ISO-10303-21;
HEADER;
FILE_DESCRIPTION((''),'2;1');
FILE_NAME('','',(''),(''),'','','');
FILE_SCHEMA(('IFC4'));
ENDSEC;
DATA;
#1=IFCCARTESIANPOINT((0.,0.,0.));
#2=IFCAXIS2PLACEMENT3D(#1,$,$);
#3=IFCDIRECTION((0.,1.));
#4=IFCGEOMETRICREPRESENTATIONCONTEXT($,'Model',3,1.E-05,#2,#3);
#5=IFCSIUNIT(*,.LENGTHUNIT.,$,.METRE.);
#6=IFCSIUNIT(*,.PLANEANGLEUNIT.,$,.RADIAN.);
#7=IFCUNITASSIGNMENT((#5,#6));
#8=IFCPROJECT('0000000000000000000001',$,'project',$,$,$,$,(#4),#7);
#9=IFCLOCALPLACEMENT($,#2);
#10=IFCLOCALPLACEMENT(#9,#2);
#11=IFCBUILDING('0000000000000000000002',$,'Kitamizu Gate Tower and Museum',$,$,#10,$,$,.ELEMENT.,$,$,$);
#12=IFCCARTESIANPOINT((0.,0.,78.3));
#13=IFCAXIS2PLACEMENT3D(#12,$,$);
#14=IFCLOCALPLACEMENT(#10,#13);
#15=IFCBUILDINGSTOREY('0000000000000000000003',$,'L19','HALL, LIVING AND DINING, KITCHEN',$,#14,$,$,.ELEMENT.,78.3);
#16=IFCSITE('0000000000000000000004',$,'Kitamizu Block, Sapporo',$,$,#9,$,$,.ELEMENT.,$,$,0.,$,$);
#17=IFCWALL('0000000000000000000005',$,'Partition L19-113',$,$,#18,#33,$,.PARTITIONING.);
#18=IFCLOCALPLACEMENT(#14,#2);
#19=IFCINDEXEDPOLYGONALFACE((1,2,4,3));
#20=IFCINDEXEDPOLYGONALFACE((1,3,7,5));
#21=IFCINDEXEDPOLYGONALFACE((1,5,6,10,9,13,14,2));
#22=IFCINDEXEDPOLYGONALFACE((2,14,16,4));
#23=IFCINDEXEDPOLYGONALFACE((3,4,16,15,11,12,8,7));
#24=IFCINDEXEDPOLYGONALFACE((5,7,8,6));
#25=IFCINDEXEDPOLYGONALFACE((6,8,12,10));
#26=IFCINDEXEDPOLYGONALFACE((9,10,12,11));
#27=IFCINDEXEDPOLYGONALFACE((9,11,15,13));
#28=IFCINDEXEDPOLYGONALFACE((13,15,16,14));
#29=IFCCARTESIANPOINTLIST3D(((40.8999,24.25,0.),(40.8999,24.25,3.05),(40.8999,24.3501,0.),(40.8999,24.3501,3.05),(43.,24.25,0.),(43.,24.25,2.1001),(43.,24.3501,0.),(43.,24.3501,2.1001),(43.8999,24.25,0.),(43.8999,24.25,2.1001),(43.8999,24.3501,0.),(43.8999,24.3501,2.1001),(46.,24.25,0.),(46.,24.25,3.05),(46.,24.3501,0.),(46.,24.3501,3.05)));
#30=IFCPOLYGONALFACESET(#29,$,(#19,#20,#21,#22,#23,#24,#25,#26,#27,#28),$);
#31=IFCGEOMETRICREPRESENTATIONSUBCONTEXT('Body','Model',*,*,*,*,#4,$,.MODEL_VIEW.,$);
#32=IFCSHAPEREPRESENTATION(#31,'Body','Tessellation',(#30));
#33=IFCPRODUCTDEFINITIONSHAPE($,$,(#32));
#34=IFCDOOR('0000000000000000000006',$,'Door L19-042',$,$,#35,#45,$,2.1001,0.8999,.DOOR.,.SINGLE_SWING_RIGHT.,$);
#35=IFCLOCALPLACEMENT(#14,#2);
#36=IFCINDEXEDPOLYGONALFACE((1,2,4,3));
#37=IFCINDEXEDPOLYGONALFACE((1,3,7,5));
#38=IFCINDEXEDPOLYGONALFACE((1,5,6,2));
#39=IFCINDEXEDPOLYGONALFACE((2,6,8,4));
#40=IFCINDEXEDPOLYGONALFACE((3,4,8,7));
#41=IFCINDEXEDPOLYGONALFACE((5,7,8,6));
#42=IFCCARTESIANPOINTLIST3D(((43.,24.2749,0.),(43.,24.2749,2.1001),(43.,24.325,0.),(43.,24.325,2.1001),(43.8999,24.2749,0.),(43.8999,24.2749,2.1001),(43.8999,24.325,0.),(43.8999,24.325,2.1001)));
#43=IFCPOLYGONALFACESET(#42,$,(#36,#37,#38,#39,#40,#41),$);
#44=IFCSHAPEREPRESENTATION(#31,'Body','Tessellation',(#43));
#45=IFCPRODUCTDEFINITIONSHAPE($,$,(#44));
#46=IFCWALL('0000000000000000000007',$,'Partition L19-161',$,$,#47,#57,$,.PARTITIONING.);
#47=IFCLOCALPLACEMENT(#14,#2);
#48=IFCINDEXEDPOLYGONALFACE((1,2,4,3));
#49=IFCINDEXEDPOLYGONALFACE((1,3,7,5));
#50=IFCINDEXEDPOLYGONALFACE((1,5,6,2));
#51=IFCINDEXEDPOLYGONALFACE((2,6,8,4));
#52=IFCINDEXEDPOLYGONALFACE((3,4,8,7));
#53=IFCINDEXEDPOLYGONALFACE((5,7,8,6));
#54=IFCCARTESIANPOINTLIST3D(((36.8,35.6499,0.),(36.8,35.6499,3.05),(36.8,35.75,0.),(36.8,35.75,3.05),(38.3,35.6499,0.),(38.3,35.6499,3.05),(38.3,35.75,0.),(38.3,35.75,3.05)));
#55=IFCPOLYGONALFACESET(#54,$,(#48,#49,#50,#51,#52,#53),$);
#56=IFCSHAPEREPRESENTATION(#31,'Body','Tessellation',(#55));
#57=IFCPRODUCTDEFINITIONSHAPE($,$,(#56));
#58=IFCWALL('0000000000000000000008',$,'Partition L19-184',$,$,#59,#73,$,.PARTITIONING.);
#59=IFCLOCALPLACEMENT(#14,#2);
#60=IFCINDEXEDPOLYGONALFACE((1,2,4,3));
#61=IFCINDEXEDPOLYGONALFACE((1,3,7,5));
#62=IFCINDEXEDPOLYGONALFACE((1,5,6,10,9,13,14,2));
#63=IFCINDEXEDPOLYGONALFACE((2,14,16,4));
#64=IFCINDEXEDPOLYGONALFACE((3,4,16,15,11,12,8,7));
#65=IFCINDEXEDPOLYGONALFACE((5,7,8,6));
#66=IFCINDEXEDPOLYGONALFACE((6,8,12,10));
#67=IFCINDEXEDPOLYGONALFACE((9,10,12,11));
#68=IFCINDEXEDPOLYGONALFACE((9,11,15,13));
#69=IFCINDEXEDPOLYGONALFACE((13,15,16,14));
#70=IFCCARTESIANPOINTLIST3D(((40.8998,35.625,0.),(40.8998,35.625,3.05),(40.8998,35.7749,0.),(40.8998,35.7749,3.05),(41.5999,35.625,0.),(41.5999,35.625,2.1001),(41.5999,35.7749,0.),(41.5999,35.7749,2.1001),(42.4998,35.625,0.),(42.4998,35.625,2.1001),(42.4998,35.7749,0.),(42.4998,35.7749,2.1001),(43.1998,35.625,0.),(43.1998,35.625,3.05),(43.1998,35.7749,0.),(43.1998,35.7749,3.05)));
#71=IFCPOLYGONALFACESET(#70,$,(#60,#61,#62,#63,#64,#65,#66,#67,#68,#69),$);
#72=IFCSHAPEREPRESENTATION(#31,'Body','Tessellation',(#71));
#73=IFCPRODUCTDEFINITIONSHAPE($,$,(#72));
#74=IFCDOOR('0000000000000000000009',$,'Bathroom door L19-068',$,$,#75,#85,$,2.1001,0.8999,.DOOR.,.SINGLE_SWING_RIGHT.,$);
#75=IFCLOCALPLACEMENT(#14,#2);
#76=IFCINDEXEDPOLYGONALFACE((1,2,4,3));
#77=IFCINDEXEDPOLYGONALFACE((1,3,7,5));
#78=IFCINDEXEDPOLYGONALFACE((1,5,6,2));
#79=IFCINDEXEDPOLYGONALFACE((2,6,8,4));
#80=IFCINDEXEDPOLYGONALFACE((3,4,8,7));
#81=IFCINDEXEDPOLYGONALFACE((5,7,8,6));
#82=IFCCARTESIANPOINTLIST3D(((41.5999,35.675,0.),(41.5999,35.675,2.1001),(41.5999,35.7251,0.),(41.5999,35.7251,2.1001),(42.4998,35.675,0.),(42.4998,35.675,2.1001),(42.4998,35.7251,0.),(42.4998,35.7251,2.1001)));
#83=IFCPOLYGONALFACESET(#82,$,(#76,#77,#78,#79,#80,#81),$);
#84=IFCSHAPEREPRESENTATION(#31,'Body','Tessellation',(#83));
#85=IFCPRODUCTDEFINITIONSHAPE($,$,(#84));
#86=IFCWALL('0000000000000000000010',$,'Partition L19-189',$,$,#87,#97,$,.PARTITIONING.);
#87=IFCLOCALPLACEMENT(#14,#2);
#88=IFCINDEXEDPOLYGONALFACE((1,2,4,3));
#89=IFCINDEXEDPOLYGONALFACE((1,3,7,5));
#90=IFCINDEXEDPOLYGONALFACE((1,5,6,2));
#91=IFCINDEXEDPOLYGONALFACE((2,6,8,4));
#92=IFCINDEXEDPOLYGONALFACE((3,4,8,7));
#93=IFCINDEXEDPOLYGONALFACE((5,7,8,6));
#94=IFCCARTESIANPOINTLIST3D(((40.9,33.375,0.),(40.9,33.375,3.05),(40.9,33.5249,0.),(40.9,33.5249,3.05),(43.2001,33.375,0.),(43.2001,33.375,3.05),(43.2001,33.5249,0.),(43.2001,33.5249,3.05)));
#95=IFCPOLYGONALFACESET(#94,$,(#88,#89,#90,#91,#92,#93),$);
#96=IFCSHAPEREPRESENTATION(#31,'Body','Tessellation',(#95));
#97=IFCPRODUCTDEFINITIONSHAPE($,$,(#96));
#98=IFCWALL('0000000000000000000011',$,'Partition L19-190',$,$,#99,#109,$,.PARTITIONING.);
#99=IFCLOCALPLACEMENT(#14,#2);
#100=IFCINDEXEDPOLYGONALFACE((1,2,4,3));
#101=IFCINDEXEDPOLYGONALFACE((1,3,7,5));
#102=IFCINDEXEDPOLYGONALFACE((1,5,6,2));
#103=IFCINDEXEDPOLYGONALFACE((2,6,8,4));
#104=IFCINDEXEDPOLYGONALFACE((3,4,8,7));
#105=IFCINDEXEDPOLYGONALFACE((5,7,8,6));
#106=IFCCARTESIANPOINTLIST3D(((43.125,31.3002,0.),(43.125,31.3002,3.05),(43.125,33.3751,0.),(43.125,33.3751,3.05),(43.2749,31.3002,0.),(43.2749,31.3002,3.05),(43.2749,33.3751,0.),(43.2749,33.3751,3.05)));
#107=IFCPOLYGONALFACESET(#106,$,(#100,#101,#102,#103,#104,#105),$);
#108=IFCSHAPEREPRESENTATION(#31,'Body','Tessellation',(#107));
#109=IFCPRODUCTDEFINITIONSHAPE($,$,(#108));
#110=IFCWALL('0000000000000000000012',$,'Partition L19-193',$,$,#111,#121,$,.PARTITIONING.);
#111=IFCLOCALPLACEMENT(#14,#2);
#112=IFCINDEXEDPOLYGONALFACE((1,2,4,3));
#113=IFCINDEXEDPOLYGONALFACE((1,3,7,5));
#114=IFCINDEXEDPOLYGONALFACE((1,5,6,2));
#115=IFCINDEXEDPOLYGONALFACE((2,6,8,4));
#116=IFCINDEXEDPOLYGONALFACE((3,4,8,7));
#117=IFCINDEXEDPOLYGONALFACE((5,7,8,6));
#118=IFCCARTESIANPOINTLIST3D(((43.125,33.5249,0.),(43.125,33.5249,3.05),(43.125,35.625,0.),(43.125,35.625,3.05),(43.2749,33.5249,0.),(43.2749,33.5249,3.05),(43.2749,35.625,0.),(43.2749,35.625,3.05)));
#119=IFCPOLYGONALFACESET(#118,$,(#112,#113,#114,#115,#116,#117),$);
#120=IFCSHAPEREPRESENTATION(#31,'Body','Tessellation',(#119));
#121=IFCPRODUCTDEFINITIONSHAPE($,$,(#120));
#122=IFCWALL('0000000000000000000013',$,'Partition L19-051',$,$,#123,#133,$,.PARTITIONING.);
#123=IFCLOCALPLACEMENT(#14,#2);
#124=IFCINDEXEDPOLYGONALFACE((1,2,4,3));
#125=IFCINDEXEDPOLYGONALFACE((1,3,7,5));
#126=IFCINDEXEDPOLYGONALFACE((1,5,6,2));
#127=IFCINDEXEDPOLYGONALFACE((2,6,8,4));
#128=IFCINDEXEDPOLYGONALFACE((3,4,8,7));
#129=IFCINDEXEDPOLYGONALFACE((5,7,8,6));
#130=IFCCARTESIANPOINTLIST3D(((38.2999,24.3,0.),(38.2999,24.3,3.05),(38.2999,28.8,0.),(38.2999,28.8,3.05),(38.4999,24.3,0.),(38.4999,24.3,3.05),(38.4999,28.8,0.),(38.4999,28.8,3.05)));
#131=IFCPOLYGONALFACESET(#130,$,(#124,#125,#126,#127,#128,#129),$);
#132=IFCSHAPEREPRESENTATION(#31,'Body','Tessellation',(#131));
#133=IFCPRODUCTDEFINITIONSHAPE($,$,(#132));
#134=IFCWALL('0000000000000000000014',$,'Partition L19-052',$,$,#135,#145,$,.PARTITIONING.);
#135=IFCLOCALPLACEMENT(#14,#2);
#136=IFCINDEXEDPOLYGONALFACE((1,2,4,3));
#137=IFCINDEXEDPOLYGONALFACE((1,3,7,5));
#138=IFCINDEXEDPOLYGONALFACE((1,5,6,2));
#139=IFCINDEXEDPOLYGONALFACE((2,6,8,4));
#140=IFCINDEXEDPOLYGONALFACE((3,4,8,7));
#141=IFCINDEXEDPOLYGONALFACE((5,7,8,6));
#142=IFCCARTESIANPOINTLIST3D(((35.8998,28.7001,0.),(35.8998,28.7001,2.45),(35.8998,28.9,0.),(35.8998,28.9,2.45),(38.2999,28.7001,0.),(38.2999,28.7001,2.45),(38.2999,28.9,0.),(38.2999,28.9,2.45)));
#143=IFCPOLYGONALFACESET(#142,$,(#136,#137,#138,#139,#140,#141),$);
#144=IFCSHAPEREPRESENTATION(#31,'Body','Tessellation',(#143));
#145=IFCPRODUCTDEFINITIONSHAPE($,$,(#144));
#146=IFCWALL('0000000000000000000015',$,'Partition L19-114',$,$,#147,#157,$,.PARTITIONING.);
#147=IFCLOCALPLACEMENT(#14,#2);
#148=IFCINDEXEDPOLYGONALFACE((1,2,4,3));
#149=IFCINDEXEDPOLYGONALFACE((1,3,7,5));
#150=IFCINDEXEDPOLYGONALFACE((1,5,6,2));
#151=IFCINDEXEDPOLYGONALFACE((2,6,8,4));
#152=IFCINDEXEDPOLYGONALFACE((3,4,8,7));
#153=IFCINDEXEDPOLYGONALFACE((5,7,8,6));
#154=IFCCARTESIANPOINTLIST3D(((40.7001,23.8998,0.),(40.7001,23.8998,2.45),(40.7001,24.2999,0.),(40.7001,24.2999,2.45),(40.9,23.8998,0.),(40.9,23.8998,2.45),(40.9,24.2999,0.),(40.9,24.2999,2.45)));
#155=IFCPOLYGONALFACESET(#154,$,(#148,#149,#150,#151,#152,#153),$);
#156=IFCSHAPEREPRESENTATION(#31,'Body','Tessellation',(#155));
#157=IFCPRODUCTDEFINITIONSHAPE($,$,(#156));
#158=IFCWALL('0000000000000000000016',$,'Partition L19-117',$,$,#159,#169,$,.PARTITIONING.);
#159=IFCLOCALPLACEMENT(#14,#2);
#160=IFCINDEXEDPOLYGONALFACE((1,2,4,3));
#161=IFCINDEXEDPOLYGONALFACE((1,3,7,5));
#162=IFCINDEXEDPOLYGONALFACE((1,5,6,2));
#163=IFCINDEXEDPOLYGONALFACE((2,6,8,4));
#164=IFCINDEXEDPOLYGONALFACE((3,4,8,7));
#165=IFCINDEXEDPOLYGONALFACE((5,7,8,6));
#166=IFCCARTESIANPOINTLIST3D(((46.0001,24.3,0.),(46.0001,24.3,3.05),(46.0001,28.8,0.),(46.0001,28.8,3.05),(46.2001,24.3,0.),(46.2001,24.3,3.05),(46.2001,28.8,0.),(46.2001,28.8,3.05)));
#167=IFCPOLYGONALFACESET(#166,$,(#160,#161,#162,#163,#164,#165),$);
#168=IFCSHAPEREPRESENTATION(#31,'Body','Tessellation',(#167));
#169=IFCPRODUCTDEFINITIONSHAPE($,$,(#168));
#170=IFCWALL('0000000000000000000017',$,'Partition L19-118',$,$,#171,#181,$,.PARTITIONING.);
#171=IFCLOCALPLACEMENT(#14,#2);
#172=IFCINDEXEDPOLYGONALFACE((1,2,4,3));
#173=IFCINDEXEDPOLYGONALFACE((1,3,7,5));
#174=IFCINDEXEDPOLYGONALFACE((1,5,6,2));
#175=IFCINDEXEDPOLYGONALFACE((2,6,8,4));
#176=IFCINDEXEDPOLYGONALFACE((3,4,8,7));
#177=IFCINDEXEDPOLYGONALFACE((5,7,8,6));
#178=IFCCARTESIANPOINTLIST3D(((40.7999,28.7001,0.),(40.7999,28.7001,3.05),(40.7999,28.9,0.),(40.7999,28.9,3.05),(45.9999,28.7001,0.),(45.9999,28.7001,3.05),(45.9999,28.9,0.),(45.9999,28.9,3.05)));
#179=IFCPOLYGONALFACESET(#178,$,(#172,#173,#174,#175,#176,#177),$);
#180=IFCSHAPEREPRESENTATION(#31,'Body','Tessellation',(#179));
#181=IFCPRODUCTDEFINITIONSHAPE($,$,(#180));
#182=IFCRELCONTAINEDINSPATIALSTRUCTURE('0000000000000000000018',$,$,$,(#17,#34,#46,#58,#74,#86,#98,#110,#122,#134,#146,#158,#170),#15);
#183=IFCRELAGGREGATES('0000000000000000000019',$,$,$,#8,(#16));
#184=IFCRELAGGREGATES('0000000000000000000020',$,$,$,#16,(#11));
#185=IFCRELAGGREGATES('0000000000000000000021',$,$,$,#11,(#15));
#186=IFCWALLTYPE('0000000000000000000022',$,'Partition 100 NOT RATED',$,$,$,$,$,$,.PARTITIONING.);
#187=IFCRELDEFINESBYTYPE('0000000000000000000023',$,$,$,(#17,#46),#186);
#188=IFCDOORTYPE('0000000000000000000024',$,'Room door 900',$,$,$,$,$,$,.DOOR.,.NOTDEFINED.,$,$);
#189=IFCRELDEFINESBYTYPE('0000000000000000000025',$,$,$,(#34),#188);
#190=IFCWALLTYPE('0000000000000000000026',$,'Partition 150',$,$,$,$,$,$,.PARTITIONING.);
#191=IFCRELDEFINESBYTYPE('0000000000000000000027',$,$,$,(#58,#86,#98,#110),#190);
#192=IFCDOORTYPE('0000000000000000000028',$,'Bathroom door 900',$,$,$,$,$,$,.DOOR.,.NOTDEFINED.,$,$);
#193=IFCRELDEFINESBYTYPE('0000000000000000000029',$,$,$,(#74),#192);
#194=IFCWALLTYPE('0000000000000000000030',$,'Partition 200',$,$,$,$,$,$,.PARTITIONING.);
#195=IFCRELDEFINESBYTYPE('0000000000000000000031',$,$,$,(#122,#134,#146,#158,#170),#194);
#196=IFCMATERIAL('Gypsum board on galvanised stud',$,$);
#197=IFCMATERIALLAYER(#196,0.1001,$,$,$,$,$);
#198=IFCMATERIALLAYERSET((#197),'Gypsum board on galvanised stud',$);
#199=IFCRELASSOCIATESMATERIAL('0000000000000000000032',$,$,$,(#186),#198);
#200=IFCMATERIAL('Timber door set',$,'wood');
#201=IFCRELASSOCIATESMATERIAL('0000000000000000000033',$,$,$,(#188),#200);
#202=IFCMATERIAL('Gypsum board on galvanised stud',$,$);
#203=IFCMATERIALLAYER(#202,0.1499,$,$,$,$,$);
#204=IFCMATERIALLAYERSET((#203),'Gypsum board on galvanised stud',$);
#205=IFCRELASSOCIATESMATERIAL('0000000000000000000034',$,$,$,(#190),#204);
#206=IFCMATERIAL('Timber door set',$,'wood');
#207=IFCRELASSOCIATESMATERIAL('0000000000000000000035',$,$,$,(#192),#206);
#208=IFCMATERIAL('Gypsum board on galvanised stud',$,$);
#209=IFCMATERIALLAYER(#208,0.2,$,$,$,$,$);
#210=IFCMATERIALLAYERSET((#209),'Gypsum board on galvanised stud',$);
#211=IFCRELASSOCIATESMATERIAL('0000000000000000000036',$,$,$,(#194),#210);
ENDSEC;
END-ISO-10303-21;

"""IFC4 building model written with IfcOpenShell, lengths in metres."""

from ifc_helpers import new_model, si_unit, direction, frame, frame_2d, origin, place, context, subcontext, project, spatial, rectangle, extrude, material, layer, layer_set, type_object, element, fill, save


model = new_model("IFC4")

# Units and contexts
model_context = context("Model", 3, precision=1e-05, world=origin(), true_north=direction((0.0, 1.0)))
body_context = subcontext(model_context, "Body", "Model", "MODEL_VIEW")
ifc_project = project(units=[si_unit("LENGTHUNIT", "METRE"), si_unit("PLANEANGLEUNIT", "RADIAN")], contexts=[model_context])

# Site, building, storey
site_placement = place(None, origin())
site = spatial("IfcSite", under=ifc_project, at=site_placement, Name="Kitamizu Block, Sapporo", CompositionType="ELEMENT", RefElevation=0.0)
building_placement = place(site_placement, origin())
building = spatial("IfcBuilding", under=site, at=building_placement, Name="Kitamizu Gate Tower and Museum", CompositionType="ELEMENT")
storey_placement = place(building_placement, frame((0.0, 0.0, 78.3)))
storey = spatial("IfcBuildingStorey", under=building, at=storey_placement, Name="L19", Description="HALL, LIVING AND DINING, KITCHEN", CompositionType="ELEMENT", Elevation=78.3)

# Wall, opening, door
ifc_material_1 = material(Name="Gypsum board on galvanised stud")
ifc_layer_1 = layer(ifc_material_1, 0.1001)
ifc_layer_set_1 = layer_set([ifc_layer_1], Name="Gypsum board on galvanised stud")
wall_type_1 = type_object("IfcWallType", Name="Partition 100 NOT RATED", PredefinedType="PARTITIONING", material=ifc_layer_set_1)
wall_1_placement = place(storey_placement, frame((46.0, 24.3, 0.0), z_axis=(0.0, 0.0, 1.0), x_axis=(-1.0, 0.0, 0.0)))
wall_1 = element("IfcWall", 1, at=wall_1_placement, inside=storey, type_object=wall_type_1, Name="Partition L19-113", PredefinedType="PARTITIONING", context=body_context, shape_type="SweptSolid", body=[
    extrude(rectangle(XDim=5.1001, YDim=0.1001, at=frame_2d((2.55, 0.0))), origin(), (0.0, 0.0, 1.0), 3.05),
])
opening_1_placement = place(wall_1_placement, frame((2.1001, 0.0, 0.0)))
opening_1 = element("IfcOpeningElement", 2, at=opening_1_placement, cuts=wall_1, PredefinedType="OPENING", context=body_context, shape_type="SweptSolid", body=[
    extrude(rectangle(XDim=0.8999, YDim=2.1001, at=frame_2d((0.45, 1.05))), frame((0.0, 0.0601, 0.0), z_axis=(0.0, -1.0, 0.0), x_axis=(1.0, 0.0, 0.0)), (0.0, 0.0, 1.0), 0.1201),
])
ifc_material_2 = material(Name="Timber door set", Category="wood")
door_type_1 = type_object("IfcDoorType", Name="Room door 900", OperationType="NOTDEFINED", PredefinedType="DOOR", material=ifc_material_2)
door_1_placement = place(opening_1_placement, frame((0.8999, 0.0, 0.0), x_axis=(-1.0, 0.0, 0.0)))
door_1 = element("IfcDoor", 3, at=door_1_placement, inside=storey, type_object=door_type_1, Name="Door L19-042", OperationType="SINGLE_SWING_RIGHT", OverallHeight=2.1001, OverallWidth=0.8999, PredefinedType="DOOR", context=body_context, shape_type="SweptSolid", body=[
    extrude(rectangle(XDim=0.8999, YDim=2.1001, at=frame_2d((0.45, 1.05))), frame((0.0, 0.0249, 0.0), z_axis=(0.0, -1.0, 0.0), x_axis=(1.0, 0.0, 0.0)), (0.0, 0.0, 1.0), 0.05),
])
fill(opening_1, door_1)

# Wall
wall_2_placement = place(storey_placement, frame((36.8, 35.7, 0.0), z_axis=(0.0, 0.0, 1.0), x_axis=(1.0, 0.0, 0.0)))
element("IfcWall", 4, at=wall_2_placement, inside=storey, type_object=wall_type_1, Name="Partition L19-161", PredefinedType="PARTITIONING", context=body_context, shape_type="SweptSolid", body=[
    extrude(rectangle(XDim=1.5, YDim=0.1001, at=frame_2d((0.75, 0.0))), origin(), (0.0, 0.0, 1.0), 3.05),
])

# Wall, opening, door
ifc_material_3 = material(Name="Gypsum board on galvanised stud")
ifc_layer_2 = layer(ifc_material_3, 0.1499)
ifc_layer_set_2 = layer_set([ifc_layer_2], Name="Gypsum board on galvanised stud")
wall_type_2 = type_object("IfcWallType", Name="Partition 150", PredefinedType="PARTITIONING", material=ifc_layer_set_2)
wall_3_placement = place(storey_placement, frame((40.8999, 35.7, 0.0), z_axis=(0.0, 0.0, 1.0), x_axis=(1.0, 0.0, 0.0)))
wall_3 = element("IfcWall", 5, at=wall_3_placement, inside=storey, type_object=wall_type_2, Name="Partition L19-184", PredefinedType="PARTITIONING", context=body_context, shape_type="SweptSolid", body=[
    extrude(rectangle(XDim=2.3, YDim=0.1499, at=frame_2d((1.1499, 0.0))), origin(), (0.0, 0.0, 1.0), 3.05),
])
opening_2_placement = place(wall_3_placement, frame((0.7, 0.0, 0.0)))
opening_2 = element("IfcOpeningElement", 6, at=opening_2_placement, cuts=wall_3, PredefinedType="OPENING", context=body_context, shape_type="SweptSolid", body=[
    extrude(rectangle(XDim=0.8999, YDim=2.1001, at=frame_2d((0.45, 1.05))), frame((0.0, 0.085, 0.0), z_axis=(0.0, -1.0, 0.0), x_axis=(1.0, 0.0, 0.0)), (0.0, 0.0, 1.0), 0.1699),
])
ifc_material_4 = material(Name="Timber door set", Category="wood")
door_type_2 = type_object("IfcDoorType", Name="Bathroom door 900", OperationType="NOTDEFINED", PredefinedType="DOOR", material=ifc_material_4)
door_2_placement = place(opening_2_placement, frame((0.8999, 0.0, 0.0), x_axis=(-1.0, 0.0, 0.0)))
door_2 = element("IfcDoor", 7, at=door_2_placement, inside=storey, type_object=door_type_2, Name="Bathroom door L19-068", OperationType="SINGLE_SWING_RIGHT", OverallHeight=2.1001, OverallWidth=0.8999, PredefinedType="DOOR", context=body_context, shape_type="SweptSolid", body=[
    extrude(rectangle(XDim=0.8999, YDim=2.1001, at=frame_2d((0.45, 1.05))), frame((0.0, 0.0249, 0.0), z_axis=(0.0, -1.0, 0.0), x_axis=(1.0, 0.0, 0.0)), (0.0, 0.0, 1.0), 0.05),
])
fill(opening_2, door_2)

# Walls
wall_4_placement = place(storey_placement, frame((43.2, 33.45, 0.0), z_axis=(0.0, 0.0, 1.0), x_axis=(-1.0, 0.0, 0.0)))
element("IfcWall", 8, at=wall_4_placement, inside=storey, type_object=wall_type_2, Name="Partition L19-189", PredefinedType="PARTITIONING", context=body_context, shape_type="SweptSolid", body=[
    extrude(rectangle(XDim=2.3, YDim=0.1499, at=frame_2d((1.1499, 0.0))), origin(), (0.0, 0.0, 1.0), 3.05),
])
wall_5_placement = place(storey_placement, frame((43.2, 31.3, 0.0), z_axis=(0.0, 0.0, 1.0), x_axis=(0.0, 1.0, 0.0)))
element("IfcWall", 9, at=wall_5_placement, inside=storey, type_object=wall_type_2, Name="Partition L19-190", PredefinedType="PARTITIONING", context=body_context, shape_type="SweptSolid", body=[
    extrude(rectangle(XDim=2.075, YDim=0.1499, at=frame_2d((1.0376, 0.0))), origin(), (0.0, 0.0, 1.0), 3.05),
])
wall_6_placement = place(storey_placement, frame((43.2, 33.5249, 0.0), z_axis=(0.0, 0.0, 1.0), x_axis=(0.0, 1.0, 0.0)))
element("IfcWall", 10, at=wall_6_placement, inside=storey, type_object=wall_type_2, Name="Partition L19-193", PredefinedType="PARTITIONING", context=body_context, shape_type="SweptSolid", body=[
    extrude(rectangle(XDim=2.1001, YDim=0.1499, at=frame_2d((1.05, 0.0))), origin(), (0.0, 0.0, 1.0), 3.05),
])
ifc_material_5 = material(Name="Gypsum board on galvanised stud")
ifc_layer_3 = layer(ifc_material_5, 0.2)
ifc_layer_set_3 = layer_set([ifc_layer_3], Name="Gypsum board on galvanised stud")
wall_type_3 = type_object("IfcWallType", Name="Partition 200", PredefinedType="PARTITIONING", material=ifc_layer_set_3)
wall_7_placement = place(storey_placement, frame((38.3999, 24.3, 0.0), z_axis=(0.0, 0.0, 1.0), x_axis=(0.0, 1.0, 0.0)))
element("IfcWall", 11, at=wall_7_placement, inside=storey, type_object=wall_type_3, Name="Partition L19-051", PredefinedType="PARTITIONING", context=body_context, shape_type="SweptSolid", body=[
    extrude(rectangle(XDim=4.5, YDim=0.2, at=frame_2d((2.25, 0.0))), origin(), (0.0, 0.0, 1.0), 3.05),
])
wall_8_placement = place(storey_placement, frame((38.3, 28.8, 0.0), z_axis=(0.0, 0.0, 1.0), x_axis=(-1.0, 0.0, 0.0)))
element("IfcWall", 12, at=wall_8_placement, inside=storey, type_object=wall_type_3, Name="Partition L19-052", PredefinedType="PARTITIONING", context=body_context, shape_type="SweptSolid", body=[
    extrude(rectangle(XDim=2.4001, YDim=0.2, at=frame_2d((1.2002, 0.0))), origin(), (0.0, 0.0, 1.0), 2.45),
])
wall_9_placement = place(storey_placement, frame((40.8, 24.3, 0.0), z_axis=(0.0, 0.0, 1.0), x_axis=(0.0, -1.0, 0.0)))
element("IfcWall", 13, at=wall_9_placement, inside=storey, type_object=wall_type_3, Name="Partition L19-114", PredefinedType="PARTITIONING", context=body_context, shape_type="SweptSolid", body=[
    extrude(rectangle(XDim=0.4001, YDim=0.2, at=frame_2d((0.2002, 0.0))), origin(), (0.0, 0.0, 1.0), 2.45),
])
wall_10_placement = place(storey_placement, frame((46.1001, 24.3, 0.0), z_axis=(0.0, 0.0, 1.0), x_axis=(0.0, 1.0, 0.0)))
element("IfcWall", 14, at=wall_10_placement, inside=storey, type_object=wall_type_3, Name="Partition L19-117", PredefinedType="PARTITIONING", context=body_context, shape_type="SweptSolid", body=[
    extrude(rectangle(XDim=4.5, YDim=0.2, at=frame_2d((2.25, 0.0))), origin(), (0.0, 0.0, 1.0), 3.05),
])
wall_11_placement = place(storey_placement, frame((46.0, 28.8, 0.0), z_axis=(0.0, 0.0, 1.0), x_axis=(-1.0, 0.0, 0.0)))
element("IfcWall", 15, at=wall_11_placement, inside=storey, type_object=wall_type_3, Name="Partition L19-118", PredefinedType="PARTITIONING", context=body_context, shape_type="SweptSolid", body=[
    extrude(rectangle(XDim=5.2, YDim=0.2, at=frame_2d((2.6001, 0.0))), origin(), (0.0, 0.0, 1.0), 3.05),
])

save(model, "model.ifc")
